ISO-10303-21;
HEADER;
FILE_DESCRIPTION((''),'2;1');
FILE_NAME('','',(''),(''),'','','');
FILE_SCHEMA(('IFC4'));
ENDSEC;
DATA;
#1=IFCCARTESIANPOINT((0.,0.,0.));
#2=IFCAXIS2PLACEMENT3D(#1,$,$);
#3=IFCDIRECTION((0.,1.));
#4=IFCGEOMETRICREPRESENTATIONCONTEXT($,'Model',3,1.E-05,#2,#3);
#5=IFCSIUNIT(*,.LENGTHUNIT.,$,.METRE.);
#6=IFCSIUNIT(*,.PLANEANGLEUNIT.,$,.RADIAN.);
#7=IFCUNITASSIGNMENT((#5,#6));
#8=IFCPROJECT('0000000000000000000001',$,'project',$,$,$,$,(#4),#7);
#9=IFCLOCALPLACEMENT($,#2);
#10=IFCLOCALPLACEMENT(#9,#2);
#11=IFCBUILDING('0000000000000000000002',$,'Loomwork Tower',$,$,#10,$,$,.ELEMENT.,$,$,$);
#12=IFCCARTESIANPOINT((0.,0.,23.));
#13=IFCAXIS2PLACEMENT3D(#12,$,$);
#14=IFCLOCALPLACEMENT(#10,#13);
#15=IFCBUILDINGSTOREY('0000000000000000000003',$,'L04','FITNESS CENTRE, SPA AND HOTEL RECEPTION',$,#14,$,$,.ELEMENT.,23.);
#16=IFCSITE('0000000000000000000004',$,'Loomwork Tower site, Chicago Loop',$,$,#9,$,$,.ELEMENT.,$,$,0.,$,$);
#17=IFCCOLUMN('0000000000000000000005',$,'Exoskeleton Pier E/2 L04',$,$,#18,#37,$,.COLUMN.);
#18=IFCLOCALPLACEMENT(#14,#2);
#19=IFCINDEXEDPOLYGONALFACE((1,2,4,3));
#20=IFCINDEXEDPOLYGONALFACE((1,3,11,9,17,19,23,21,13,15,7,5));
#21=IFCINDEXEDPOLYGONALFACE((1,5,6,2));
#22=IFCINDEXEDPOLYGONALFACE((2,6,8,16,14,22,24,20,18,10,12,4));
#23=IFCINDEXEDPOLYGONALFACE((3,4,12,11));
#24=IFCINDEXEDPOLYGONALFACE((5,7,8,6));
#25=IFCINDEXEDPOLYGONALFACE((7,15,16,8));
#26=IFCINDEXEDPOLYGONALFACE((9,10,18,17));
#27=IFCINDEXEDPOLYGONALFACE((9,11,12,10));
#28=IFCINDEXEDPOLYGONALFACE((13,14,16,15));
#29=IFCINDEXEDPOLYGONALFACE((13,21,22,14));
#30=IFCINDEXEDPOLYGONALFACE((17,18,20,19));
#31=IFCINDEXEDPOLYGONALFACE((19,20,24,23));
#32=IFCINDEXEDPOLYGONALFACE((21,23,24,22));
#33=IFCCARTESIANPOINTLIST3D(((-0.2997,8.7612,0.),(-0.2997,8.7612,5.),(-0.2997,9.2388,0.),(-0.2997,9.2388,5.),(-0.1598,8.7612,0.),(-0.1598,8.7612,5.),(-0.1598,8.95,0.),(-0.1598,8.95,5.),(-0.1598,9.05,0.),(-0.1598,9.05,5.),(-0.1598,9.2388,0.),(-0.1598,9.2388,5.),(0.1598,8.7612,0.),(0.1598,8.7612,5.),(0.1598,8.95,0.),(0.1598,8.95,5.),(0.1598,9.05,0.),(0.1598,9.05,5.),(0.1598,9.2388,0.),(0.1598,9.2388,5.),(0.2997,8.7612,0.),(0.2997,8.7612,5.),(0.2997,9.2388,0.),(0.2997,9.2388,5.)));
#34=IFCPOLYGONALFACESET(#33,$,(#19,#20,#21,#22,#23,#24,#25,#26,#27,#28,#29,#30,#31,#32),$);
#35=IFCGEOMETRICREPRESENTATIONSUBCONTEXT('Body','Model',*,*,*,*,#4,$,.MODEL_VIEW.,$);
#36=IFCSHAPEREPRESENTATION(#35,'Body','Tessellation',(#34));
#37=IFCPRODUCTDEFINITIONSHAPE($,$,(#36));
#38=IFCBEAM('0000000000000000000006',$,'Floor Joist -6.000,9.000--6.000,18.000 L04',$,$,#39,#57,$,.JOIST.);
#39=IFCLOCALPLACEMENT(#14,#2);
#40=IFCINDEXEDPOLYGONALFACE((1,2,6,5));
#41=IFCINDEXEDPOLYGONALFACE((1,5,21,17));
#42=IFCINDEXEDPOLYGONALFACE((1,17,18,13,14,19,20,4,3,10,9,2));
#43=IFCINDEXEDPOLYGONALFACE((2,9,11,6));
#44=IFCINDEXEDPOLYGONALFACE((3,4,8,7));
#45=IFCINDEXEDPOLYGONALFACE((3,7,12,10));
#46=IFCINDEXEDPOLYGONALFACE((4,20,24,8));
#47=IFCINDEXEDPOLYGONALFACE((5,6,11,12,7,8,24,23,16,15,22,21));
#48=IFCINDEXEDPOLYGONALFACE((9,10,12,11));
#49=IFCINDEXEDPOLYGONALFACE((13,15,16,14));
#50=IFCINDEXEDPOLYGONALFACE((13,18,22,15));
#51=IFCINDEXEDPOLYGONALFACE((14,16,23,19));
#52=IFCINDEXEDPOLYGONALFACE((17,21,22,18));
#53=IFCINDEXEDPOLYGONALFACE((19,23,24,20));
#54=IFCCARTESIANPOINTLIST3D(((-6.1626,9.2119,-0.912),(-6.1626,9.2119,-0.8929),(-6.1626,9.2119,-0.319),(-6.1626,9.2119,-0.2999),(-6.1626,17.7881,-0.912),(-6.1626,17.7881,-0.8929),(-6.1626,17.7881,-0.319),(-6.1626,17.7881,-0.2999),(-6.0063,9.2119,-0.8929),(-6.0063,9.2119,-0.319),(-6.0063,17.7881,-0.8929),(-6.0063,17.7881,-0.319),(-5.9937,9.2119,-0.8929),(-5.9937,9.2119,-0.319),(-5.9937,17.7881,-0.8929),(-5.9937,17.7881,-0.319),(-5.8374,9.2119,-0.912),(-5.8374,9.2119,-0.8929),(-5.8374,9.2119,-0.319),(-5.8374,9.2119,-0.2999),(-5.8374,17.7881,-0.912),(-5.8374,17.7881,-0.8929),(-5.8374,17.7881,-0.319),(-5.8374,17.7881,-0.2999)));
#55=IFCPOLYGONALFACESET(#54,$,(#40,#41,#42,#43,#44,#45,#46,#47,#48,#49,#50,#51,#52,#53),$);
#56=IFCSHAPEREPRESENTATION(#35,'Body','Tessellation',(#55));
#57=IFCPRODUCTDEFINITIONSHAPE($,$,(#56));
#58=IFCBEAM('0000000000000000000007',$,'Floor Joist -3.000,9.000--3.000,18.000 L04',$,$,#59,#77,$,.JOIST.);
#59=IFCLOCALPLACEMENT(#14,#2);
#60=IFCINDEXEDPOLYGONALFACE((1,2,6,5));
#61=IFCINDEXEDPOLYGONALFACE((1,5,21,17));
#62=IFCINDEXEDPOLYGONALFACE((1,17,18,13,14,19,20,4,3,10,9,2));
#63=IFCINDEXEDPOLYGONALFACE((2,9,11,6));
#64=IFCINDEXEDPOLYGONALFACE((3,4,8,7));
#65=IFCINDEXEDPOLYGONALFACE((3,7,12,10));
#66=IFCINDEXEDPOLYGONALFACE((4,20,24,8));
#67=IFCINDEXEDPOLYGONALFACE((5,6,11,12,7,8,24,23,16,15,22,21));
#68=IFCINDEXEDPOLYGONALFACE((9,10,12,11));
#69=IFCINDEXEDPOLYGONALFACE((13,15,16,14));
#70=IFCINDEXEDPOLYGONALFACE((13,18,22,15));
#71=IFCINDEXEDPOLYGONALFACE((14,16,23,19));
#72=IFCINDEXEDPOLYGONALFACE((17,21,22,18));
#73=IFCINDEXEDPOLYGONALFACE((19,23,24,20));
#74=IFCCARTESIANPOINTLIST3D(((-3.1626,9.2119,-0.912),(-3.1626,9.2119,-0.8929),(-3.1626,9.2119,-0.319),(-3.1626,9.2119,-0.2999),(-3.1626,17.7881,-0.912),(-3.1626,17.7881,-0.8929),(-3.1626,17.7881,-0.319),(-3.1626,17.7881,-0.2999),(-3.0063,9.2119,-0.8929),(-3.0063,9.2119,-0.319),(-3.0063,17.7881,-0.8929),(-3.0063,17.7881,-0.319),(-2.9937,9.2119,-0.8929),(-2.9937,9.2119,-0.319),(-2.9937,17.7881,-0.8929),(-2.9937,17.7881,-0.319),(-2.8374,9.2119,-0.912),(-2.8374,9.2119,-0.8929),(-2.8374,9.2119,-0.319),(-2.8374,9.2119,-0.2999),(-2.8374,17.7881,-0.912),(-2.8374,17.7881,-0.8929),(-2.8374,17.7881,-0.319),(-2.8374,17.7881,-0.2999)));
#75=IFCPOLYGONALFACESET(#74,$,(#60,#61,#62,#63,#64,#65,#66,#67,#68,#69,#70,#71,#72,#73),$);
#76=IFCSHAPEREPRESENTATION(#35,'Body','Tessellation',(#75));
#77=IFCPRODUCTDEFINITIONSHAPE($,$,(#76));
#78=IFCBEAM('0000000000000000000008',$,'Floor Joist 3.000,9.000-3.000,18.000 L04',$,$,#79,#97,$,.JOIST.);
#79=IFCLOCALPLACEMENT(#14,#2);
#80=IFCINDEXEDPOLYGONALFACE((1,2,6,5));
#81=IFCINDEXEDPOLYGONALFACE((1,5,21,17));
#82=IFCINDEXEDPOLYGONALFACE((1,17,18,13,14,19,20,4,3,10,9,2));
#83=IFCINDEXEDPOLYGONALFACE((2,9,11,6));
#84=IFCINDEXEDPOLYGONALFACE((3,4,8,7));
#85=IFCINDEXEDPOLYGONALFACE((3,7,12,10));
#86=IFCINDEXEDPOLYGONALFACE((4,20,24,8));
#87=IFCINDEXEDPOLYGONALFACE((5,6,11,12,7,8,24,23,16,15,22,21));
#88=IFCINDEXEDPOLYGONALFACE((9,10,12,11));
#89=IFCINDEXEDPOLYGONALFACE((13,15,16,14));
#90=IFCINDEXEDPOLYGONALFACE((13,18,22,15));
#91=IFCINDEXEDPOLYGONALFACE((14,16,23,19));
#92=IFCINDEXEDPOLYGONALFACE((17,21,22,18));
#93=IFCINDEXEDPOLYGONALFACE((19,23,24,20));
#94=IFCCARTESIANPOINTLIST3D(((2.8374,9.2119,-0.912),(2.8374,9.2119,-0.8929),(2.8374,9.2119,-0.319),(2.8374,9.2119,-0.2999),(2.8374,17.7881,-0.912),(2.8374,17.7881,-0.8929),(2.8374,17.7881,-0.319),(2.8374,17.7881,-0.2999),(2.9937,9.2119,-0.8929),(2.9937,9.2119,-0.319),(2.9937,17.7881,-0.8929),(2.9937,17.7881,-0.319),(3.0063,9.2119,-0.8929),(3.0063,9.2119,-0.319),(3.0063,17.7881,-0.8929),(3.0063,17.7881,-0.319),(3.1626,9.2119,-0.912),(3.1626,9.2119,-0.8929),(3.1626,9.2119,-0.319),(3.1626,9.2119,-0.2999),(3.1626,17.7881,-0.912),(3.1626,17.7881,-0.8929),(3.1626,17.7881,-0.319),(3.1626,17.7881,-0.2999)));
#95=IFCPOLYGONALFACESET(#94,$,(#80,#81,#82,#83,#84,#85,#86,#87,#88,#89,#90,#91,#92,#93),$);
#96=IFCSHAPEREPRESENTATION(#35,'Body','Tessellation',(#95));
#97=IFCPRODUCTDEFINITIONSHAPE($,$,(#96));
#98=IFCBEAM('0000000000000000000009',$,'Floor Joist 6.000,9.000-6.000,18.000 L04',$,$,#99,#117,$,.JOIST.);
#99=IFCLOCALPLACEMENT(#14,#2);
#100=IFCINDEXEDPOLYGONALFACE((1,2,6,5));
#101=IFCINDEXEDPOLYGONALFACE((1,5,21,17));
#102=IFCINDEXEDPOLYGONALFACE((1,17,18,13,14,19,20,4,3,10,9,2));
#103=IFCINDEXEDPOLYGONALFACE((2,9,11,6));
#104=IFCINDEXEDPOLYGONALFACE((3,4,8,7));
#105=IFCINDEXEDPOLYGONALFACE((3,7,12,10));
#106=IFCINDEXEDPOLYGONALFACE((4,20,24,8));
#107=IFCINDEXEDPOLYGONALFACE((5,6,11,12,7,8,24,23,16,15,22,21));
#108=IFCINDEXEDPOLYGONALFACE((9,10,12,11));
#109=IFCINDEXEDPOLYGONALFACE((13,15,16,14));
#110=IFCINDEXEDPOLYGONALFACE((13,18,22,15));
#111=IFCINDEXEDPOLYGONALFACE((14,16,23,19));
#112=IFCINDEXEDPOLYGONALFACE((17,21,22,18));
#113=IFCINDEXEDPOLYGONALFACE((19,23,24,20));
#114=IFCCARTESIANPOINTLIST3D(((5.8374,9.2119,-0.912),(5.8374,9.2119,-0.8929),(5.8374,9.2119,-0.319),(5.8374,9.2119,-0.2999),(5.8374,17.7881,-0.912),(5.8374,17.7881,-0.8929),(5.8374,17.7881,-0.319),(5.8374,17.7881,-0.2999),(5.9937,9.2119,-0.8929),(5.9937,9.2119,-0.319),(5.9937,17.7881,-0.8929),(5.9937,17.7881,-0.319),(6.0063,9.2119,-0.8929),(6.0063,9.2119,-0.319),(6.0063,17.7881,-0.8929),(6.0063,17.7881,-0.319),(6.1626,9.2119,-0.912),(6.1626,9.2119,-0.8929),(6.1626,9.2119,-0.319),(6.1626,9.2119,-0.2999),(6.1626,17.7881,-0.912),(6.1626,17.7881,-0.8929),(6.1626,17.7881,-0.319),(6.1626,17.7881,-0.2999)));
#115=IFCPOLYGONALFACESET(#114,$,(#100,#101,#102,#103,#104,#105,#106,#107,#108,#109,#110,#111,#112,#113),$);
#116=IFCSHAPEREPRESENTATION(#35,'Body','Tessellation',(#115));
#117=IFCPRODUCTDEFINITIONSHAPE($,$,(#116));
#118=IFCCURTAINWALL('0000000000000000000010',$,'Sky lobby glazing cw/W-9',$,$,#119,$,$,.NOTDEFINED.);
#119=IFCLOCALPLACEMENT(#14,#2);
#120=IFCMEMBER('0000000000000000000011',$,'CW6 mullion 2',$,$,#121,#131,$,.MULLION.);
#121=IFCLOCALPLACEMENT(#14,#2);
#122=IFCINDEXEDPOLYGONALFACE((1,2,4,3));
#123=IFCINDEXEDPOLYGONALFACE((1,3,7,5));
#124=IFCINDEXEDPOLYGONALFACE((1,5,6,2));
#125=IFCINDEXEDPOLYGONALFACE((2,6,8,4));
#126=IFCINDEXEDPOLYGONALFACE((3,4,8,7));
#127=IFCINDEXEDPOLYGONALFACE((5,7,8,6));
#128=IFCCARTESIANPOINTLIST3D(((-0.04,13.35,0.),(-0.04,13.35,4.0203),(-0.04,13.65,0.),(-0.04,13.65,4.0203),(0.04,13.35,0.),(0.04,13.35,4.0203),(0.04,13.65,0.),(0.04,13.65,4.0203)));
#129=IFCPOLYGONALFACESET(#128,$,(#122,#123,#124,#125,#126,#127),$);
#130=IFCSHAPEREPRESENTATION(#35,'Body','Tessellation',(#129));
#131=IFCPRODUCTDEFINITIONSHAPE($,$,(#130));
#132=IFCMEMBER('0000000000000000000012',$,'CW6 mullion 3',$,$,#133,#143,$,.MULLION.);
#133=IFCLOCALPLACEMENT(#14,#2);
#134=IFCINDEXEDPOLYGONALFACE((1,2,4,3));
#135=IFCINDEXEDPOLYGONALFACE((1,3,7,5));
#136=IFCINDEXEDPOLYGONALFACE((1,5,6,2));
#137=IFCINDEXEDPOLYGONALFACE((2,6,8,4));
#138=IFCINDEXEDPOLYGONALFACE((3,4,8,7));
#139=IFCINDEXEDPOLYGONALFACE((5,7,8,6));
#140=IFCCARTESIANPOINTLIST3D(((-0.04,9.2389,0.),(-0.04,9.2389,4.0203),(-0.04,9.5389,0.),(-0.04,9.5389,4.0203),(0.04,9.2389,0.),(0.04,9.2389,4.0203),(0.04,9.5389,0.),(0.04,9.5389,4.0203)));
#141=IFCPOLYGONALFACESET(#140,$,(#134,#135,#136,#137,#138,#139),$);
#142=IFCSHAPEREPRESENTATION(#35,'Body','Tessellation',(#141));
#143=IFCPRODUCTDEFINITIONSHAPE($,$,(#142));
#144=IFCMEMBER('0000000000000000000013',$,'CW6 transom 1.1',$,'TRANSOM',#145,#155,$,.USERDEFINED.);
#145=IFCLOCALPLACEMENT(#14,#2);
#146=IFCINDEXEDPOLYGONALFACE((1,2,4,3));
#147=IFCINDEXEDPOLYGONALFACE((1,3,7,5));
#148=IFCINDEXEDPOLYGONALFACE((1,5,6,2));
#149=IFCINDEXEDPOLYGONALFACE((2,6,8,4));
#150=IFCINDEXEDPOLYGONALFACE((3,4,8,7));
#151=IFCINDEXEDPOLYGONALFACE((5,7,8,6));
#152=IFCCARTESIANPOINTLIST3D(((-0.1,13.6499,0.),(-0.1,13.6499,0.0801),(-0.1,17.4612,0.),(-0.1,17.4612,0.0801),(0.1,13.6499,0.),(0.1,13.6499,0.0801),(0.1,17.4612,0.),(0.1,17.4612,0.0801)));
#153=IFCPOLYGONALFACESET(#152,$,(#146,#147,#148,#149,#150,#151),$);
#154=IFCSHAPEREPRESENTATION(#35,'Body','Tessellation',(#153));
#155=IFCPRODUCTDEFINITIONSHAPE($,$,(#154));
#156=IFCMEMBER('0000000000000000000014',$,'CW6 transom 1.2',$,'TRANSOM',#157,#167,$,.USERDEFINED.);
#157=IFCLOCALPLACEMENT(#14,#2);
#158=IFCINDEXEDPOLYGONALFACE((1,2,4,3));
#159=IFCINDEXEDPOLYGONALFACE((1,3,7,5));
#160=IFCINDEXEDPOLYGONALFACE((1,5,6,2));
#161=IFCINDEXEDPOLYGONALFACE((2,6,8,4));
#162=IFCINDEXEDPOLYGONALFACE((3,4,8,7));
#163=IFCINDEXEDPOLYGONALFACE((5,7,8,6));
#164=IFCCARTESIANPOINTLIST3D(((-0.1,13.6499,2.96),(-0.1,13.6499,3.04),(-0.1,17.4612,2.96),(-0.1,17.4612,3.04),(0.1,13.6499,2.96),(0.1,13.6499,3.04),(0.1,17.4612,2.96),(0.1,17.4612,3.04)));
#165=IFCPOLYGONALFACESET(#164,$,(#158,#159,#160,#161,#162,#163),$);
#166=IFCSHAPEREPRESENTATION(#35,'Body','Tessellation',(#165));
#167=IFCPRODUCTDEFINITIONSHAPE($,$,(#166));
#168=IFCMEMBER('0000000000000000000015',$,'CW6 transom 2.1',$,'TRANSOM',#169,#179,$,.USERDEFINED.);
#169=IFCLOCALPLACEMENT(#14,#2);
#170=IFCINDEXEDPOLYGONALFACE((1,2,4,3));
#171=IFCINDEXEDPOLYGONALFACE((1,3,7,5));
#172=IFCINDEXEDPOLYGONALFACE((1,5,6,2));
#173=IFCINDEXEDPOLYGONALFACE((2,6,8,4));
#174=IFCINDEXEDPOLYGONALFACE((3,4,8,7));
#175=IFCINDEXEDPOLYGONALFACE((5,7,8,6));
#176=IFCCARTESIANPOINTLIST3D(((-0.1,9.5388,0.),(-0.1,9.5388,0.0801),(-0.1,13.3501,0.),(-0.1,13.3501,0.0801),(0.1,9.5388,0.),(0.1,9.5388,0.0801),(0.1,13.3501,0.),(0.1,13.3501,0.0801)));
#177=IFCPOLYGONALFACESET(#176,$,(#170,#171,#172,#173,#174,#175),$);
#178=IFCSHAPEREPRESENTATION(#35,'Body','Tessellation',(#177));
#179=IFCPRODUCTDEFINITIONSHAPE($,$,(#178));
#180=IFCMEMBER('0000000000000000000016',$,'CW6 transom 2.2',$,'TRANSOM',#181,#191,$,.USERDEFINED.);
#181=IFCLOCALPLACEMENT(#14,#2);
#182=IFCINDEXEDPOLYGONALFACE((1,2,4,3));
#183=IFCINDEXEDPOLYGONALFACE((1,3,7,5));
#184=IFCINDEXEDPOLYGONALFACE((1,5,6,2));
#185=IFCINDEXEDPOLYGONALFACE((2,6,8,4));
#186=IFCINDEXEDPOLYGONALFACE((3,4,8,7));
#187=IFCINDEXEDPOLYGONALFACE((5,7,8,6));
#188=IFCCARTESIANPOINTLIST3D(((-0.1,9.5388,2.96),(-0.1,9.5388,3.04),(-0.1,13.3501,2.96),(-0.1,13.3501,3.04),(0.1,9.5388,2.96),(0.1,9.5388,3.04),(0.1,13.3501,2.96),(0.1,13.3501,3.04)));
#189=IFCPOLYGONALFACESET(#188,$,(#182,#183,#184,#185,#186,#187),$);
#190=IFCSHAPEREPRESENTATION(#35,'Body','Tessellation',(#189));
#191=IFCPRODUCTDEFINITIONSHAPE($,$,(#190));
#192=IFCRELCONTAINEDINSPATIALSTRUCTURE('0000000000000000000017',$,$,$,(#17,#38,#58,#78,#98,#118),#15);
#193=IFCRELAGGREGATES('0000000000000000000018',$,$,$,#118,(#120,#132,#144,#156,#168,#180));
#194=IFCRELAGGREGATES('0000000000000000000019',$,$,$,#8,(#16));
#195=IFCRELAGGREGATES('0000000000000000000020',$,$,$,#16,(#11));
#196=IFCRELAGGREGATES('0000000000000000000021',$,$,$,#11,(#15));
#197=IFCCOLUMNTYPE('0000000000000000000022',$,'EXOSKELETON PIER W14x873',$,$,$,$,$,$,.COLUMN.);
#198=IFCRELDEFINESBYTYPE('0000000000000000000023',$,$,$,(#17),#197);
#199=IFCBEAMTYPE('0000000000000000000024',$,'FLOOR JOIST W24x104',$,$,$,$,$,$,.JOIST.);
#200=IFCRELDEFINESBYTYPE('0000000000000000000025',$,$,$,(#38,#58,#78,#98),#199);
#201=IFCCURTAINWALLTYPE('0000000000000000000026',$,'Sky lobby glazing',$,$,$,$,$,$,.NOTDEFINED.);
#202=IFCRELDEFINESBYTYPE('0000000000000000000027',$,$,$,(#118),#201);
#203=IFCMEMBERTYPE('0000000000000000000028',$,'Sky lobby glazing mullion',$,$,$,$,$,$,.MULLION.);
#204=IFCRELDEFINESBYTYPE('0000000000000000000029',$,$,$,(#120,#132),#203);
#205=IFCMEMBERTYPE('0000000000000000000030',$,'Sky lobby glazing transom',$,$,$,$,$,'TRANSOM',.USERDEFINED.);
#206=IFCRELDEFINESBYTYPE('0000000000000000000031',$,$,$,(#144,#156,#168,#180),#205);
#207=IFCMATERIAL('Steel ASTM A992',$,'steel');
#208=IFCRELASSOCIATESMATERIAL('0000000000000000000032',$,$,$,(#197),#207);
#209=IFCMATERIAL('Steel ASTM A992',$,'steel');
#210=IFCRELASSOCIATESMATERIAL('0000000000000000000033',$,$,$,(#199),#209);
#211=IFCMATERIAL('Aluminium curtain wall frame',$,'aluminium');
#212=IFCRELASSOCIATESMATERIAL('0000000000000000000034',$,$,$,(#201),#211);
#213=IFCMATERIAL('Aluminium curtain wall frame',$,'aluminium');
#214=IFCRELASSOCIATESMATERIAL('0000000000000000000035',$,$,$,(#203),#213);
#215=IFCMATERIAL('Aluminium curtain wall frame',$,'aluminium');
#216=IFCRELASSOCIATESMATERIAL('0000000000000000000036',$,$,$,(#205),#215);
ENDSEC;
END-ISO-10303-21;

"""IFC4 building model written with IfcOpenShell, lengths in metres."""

from ifc_helpers import new_model, si_unit, direction, frame, origin, origin_2d, place, context, subcontext, project, spatial, rectangle, i_section, extrude, material, material_profile, profile_set, type_object, element, aggregate, save


model = new_model("IFC4")

# Units and contexts
model_context = context("Model", 3, precision=1e-05, world=origin(), true_north=direction((0.0, 1.0)))
body_context = subcontext(model_context, "Body", "Model", "MODEL_VIEW")
ifc_project = project(units=[si_unit("LENGTHUNIT", "METRE"), si_unit("PLANEANGLEUNIT", "RADIAN")], contexts=[model_context])

# Site, building, storey
site_placement = place(None, origin())
site = spatial("IfcSite", under=ifc_project, at=site_placement, Name="Loomwork Tower site, Chicago Loop", CompositionType="ELEMENT", RefElevation=0.0)
building_placement = place(site_placement, origin())
building = spatial("IfcBuilding", under=site, at=building_placement, Name="Loomwork Tower", CompositionType="ELEMENT")
storey_placement = place(building_placement, frame((0.0, 0.0, 23.0)))
storey = spatial("IfcBuildingStorey", under=building, at=storey_placement, Name="L04", Description="FITNESS CENTRE, SPA AND HOTEL RECEPTION", CompositionType="ELEMENT", Elevation=23.0)

# Column
ifc_material_1 = material(Name="Steel ASTM A992", Category="steel")
ifc_material_profile_1 = material_profile(ifc_material_1, i_section(OverallWidth=0.4775, OverallDepth=0.5994, WebThickness=0.1001, FlangeThickness=0.1399, at=origin_2d()), Name="W14x873")
ifc_profile_set_1 = profile_set([ifc_material_profile_1], Name="Steel ASTM A992")
column_type = type_object("IfcColumnType", Name="EXOSKELETON PIER W14x873", PredefinedType="COLUMN", material=ifc_profile_set_1)
column_placement = place(storey_placement, frame((0.0, 9.0, 0.0), z_axis=(0.0, 0.0, 1.0), x_axis=(0.0, 1.0, 0.0)))
element("IfcColumn", 1, at=column_placement, inside=storey, type_object=column_type, Name="Exoskeleton Pier E/2 L04", PredefinedType="COLUMN", context=body_context, shape_type="SweptSolid", body=[
    extrude(i_section(OverallWidth=0.4775, OverallDepth=0.5994, WebThickness=0.1001, FlangeThickness=0.1399, at=origin_2d()), origin(), (0.0, 0.0, 1.0), 5.0),
])

# Beams
ifc_material_2 = material(Name="Steel ASTM A992", Category="steel")
ifc_material_profile_2 = material_profile(ifc_material_2, i_section(OverallWidth=0.3252, OverallDepth=0.6121, WebThickness=0.0127, FlangeThickness=0.019, at=origin_2d()), Name="W24x104")
ifc_profile_set_2 = profile_set([ifc_material_profile_2], Name="Steel ASTM A992")
beam_type_1 = type_object("IfcBeamType", Name="FLOOR JOIST W24x104", PredefinedType="JOIST", material=ifc_profile_set_2)
for number, where, z_axis, x_axis, name in (
    (2, (-6.0, 9.2119, -0.606), (0.0, 1.0, 0.0), (-1.0, 0.0, 0.0), "Floor Joist -6.000,9.000--6.000,18.000 L04"),
    (3, (-3.0, 9.2119, -0.606), (0.0, 1.0, 0.0), (-1.0, 0.0, 0.0), "Floor Joist -3.000,9.000--3.000,18.000 L04"),
    (4, (3.0, 9.2119, -0.606), (0.0, 1.0, 0.0), (-1.0, 0.0, 0.0), "Floor Joist 3.000,9.000-3.000,18.000 L04"),
    (5, (6.0, 9.2119, -0.606), (0.0, 1.0, 0.0), (-1.0, 0.0, 0.0), "Floor Joist 6.000,9.000-6.000,18.000 L04"),
):
    element("IfcBeam", number, at=place(storey_placement, frame(where, z_axis=z_axis, x_axis=x_axis)), inside=storey, type_object=beam_type_1, Name=name, PredefinedType="JOIST", context=body_context, shape_type="SweptSolid", body=[
        extrude(i_section(OverallWidth=0.3252, OverallDepth=0.6121, WebThickness=0.0127, FlangeThickness=0.019, at=origin_2d()), origin(), (0.0, 0.0, 1.0), 8.5762),
    ])

# Curtain wall, members
ifc_material_3 = material(Name="Aluminium curtain wall frame", Category="aluminium")
curtain_wall_type = type_object("IfcCurtainWallType", Name="Sky lobby glazing", PredefinedType="NOTDEFINED", material=ifc_material_3)
curtain_wall_placement = place(storey_placement, origin())
curtain_wall = element("IfcCurtainWall", 6, at=curtain_wall_placement, inside=storey, type_object=curtain_wall_type, Name="Sky lobby glazing cw/W-9", PredefinedType="NOTDEFINED")
ifc_material_4 = material(Name="Aluminium curtain wall frame", Category="aluminium")
ifc_material_profile_3 = material_profile(ifc_material_4, rectangle(XDim=0.0801, YDim=0.3, at=origin_2d()), Name="AL 80x300")
ifc_profile_set_3 = profile_set([ifc_material_profile_3], Name="Aluminium curtain wall frame")
member_type_1 = type_object("IfcMemberType", Name="Sky lobby glazing mullion", PredefinedType="MULLION", material=ifc_profile_set_3)
member_1_placement = place(storey_placement, frame((0.0, 13.5, 0.0), z_axis=(0.0, 0.0, 1.0), x_axis=(1.0, 0.0, 0.0)))
member_1 = element("IfcMember", 7, at=member_1_placement, type_object=member_type_1, Name="CW6 mullion 2", PredefinedType="MULLION", context=body_context, shape_type="SweptSolid", body=[
    extrude(rectangle(XDim=0.0801, YDim=0.3, at=origin_2d()), origin(), (0.0, 0.0, 1.0), 4.0203),
])
member_2_placement = place(storey_placement, frame((0.0, 9.3889, 0.0), z_axis=(0.0, 0.0, 1.0), x_axis=(1.0, 0.0, 0.0)))
member_2 = element("IfcMember", 8, at=member_2_placement, type_object=member_type_1, Name="CW6 mullion 3", PredefinedType="MULLION", context=body_context, shape_type="SweptSolid", body=[
    extrude(rectangle(XDim=0.0801, YDim=0.3, at=origin_2d()), origin(), (0.0, 0.0, 1.0), 4.0203),
])
ifc_material_5 = material(Name="Aluminium curtain wall frame", Category="aluminium")
ifc_material_profile_4 = material_profile(ifc_material_5, rectangle(XDim=0.2, YDim=0.0801, at=origin_2d()), Name="AL 80x200")
ifc_profile_set_4 = profile_set([ifc_material_profile_4], Name="Aluminium curtain wall frame")
member_type_2 = type_object("IfcMemberType", Name="Sky lobby glazing transom", ElementType="TRANSOM", PredefinedType="USERDEFINED", material=ifc_profile_set_4)
member_3_placement = place(storey_placement, frame((0.0, 17.4612, 0.04), z_axis=(0.0, -1.0, 0.0), x_axis=(1.0, 0.0, 0.0)))
member_3 = element("IfcMember", 9, at=member_3_placement, type_object=member_type_2, Name="CW6 transom 1.1", ObjectType="TRANSOM", PredefinedType="USERDEFINED", context=body_context, shape_type="SweptSolid", body=[
    extrude(rectangle(XDim=0.2, YDim=0.0801, at=origin_2d()), origin(), (0.0, 0.0, 1.0), 3.8113),
])
member_4_placement = place(storey_placement, frame((0.0, 17.4612, 3.0), z_axis=(0.0, -1.0, 0.0), x_axis=(1.0, 0.0, 0.0)))
member_4 = element("IfcMember", 10, at=member_4_placement, type_object=member_type_2, Name="CW6 transom 1.2", ObjectType="TRANSOM", PredefinedType="USERDEFINED", context=body_context, shape_type="SweptSolid", body=[
    extrude(rectangle(XDim=0.2, YDim=0.0801, at=origin_2d()), origin(), (0.0, 0.0, 1.0), 3.8113),
])
member_5_placement = place(storey_placement, frame((0.0, 13.3501, 0.04), z_axis=(0.0, -1.0, 0.0), x_axis=(1.0, 0.0, 0.0)))
member_5 = element("IfcMember", 11, at=member_5_placement, type_object=member_type_2, Name="CW6 transom 2.1", ObjectType="TRANSOM", PredefinedType="USERDEFINED", context=body_context, shape_type="SweptSolid", body=[
    extrude(rectangle(XDim=0.2, YDim=0.0801, at=origin_2d()), origin(), (0.0, 0.0, 1.0), 3.8113),
])
member_6_placement = place(storey_placement, frame((0.0, 13.3501, 3.0), z_axis=(0.0, -1.0, 0.0), x_axis=(1.0, 0.0, 0.0)))
member_6 = element("IfcMember", 12, at=member_6_placement, type_object=member_type_2, Name="CW6 transom 2.2", ObjectType="TRANSOM", PredefinedType="USERDEFINED", context=body_context, shape_type="SweptSolid", body=[
    extrude(rectangle(XDim=0.2, YDim=0.0801, at=origin_2d()), origin(), (0.0, 0.0, 1.0), 3.8113),
])

aggregate(curtain_wall, [member_1, member_2, member_3, member_4, member_5, member_6])

save(model, "model.ifc")
